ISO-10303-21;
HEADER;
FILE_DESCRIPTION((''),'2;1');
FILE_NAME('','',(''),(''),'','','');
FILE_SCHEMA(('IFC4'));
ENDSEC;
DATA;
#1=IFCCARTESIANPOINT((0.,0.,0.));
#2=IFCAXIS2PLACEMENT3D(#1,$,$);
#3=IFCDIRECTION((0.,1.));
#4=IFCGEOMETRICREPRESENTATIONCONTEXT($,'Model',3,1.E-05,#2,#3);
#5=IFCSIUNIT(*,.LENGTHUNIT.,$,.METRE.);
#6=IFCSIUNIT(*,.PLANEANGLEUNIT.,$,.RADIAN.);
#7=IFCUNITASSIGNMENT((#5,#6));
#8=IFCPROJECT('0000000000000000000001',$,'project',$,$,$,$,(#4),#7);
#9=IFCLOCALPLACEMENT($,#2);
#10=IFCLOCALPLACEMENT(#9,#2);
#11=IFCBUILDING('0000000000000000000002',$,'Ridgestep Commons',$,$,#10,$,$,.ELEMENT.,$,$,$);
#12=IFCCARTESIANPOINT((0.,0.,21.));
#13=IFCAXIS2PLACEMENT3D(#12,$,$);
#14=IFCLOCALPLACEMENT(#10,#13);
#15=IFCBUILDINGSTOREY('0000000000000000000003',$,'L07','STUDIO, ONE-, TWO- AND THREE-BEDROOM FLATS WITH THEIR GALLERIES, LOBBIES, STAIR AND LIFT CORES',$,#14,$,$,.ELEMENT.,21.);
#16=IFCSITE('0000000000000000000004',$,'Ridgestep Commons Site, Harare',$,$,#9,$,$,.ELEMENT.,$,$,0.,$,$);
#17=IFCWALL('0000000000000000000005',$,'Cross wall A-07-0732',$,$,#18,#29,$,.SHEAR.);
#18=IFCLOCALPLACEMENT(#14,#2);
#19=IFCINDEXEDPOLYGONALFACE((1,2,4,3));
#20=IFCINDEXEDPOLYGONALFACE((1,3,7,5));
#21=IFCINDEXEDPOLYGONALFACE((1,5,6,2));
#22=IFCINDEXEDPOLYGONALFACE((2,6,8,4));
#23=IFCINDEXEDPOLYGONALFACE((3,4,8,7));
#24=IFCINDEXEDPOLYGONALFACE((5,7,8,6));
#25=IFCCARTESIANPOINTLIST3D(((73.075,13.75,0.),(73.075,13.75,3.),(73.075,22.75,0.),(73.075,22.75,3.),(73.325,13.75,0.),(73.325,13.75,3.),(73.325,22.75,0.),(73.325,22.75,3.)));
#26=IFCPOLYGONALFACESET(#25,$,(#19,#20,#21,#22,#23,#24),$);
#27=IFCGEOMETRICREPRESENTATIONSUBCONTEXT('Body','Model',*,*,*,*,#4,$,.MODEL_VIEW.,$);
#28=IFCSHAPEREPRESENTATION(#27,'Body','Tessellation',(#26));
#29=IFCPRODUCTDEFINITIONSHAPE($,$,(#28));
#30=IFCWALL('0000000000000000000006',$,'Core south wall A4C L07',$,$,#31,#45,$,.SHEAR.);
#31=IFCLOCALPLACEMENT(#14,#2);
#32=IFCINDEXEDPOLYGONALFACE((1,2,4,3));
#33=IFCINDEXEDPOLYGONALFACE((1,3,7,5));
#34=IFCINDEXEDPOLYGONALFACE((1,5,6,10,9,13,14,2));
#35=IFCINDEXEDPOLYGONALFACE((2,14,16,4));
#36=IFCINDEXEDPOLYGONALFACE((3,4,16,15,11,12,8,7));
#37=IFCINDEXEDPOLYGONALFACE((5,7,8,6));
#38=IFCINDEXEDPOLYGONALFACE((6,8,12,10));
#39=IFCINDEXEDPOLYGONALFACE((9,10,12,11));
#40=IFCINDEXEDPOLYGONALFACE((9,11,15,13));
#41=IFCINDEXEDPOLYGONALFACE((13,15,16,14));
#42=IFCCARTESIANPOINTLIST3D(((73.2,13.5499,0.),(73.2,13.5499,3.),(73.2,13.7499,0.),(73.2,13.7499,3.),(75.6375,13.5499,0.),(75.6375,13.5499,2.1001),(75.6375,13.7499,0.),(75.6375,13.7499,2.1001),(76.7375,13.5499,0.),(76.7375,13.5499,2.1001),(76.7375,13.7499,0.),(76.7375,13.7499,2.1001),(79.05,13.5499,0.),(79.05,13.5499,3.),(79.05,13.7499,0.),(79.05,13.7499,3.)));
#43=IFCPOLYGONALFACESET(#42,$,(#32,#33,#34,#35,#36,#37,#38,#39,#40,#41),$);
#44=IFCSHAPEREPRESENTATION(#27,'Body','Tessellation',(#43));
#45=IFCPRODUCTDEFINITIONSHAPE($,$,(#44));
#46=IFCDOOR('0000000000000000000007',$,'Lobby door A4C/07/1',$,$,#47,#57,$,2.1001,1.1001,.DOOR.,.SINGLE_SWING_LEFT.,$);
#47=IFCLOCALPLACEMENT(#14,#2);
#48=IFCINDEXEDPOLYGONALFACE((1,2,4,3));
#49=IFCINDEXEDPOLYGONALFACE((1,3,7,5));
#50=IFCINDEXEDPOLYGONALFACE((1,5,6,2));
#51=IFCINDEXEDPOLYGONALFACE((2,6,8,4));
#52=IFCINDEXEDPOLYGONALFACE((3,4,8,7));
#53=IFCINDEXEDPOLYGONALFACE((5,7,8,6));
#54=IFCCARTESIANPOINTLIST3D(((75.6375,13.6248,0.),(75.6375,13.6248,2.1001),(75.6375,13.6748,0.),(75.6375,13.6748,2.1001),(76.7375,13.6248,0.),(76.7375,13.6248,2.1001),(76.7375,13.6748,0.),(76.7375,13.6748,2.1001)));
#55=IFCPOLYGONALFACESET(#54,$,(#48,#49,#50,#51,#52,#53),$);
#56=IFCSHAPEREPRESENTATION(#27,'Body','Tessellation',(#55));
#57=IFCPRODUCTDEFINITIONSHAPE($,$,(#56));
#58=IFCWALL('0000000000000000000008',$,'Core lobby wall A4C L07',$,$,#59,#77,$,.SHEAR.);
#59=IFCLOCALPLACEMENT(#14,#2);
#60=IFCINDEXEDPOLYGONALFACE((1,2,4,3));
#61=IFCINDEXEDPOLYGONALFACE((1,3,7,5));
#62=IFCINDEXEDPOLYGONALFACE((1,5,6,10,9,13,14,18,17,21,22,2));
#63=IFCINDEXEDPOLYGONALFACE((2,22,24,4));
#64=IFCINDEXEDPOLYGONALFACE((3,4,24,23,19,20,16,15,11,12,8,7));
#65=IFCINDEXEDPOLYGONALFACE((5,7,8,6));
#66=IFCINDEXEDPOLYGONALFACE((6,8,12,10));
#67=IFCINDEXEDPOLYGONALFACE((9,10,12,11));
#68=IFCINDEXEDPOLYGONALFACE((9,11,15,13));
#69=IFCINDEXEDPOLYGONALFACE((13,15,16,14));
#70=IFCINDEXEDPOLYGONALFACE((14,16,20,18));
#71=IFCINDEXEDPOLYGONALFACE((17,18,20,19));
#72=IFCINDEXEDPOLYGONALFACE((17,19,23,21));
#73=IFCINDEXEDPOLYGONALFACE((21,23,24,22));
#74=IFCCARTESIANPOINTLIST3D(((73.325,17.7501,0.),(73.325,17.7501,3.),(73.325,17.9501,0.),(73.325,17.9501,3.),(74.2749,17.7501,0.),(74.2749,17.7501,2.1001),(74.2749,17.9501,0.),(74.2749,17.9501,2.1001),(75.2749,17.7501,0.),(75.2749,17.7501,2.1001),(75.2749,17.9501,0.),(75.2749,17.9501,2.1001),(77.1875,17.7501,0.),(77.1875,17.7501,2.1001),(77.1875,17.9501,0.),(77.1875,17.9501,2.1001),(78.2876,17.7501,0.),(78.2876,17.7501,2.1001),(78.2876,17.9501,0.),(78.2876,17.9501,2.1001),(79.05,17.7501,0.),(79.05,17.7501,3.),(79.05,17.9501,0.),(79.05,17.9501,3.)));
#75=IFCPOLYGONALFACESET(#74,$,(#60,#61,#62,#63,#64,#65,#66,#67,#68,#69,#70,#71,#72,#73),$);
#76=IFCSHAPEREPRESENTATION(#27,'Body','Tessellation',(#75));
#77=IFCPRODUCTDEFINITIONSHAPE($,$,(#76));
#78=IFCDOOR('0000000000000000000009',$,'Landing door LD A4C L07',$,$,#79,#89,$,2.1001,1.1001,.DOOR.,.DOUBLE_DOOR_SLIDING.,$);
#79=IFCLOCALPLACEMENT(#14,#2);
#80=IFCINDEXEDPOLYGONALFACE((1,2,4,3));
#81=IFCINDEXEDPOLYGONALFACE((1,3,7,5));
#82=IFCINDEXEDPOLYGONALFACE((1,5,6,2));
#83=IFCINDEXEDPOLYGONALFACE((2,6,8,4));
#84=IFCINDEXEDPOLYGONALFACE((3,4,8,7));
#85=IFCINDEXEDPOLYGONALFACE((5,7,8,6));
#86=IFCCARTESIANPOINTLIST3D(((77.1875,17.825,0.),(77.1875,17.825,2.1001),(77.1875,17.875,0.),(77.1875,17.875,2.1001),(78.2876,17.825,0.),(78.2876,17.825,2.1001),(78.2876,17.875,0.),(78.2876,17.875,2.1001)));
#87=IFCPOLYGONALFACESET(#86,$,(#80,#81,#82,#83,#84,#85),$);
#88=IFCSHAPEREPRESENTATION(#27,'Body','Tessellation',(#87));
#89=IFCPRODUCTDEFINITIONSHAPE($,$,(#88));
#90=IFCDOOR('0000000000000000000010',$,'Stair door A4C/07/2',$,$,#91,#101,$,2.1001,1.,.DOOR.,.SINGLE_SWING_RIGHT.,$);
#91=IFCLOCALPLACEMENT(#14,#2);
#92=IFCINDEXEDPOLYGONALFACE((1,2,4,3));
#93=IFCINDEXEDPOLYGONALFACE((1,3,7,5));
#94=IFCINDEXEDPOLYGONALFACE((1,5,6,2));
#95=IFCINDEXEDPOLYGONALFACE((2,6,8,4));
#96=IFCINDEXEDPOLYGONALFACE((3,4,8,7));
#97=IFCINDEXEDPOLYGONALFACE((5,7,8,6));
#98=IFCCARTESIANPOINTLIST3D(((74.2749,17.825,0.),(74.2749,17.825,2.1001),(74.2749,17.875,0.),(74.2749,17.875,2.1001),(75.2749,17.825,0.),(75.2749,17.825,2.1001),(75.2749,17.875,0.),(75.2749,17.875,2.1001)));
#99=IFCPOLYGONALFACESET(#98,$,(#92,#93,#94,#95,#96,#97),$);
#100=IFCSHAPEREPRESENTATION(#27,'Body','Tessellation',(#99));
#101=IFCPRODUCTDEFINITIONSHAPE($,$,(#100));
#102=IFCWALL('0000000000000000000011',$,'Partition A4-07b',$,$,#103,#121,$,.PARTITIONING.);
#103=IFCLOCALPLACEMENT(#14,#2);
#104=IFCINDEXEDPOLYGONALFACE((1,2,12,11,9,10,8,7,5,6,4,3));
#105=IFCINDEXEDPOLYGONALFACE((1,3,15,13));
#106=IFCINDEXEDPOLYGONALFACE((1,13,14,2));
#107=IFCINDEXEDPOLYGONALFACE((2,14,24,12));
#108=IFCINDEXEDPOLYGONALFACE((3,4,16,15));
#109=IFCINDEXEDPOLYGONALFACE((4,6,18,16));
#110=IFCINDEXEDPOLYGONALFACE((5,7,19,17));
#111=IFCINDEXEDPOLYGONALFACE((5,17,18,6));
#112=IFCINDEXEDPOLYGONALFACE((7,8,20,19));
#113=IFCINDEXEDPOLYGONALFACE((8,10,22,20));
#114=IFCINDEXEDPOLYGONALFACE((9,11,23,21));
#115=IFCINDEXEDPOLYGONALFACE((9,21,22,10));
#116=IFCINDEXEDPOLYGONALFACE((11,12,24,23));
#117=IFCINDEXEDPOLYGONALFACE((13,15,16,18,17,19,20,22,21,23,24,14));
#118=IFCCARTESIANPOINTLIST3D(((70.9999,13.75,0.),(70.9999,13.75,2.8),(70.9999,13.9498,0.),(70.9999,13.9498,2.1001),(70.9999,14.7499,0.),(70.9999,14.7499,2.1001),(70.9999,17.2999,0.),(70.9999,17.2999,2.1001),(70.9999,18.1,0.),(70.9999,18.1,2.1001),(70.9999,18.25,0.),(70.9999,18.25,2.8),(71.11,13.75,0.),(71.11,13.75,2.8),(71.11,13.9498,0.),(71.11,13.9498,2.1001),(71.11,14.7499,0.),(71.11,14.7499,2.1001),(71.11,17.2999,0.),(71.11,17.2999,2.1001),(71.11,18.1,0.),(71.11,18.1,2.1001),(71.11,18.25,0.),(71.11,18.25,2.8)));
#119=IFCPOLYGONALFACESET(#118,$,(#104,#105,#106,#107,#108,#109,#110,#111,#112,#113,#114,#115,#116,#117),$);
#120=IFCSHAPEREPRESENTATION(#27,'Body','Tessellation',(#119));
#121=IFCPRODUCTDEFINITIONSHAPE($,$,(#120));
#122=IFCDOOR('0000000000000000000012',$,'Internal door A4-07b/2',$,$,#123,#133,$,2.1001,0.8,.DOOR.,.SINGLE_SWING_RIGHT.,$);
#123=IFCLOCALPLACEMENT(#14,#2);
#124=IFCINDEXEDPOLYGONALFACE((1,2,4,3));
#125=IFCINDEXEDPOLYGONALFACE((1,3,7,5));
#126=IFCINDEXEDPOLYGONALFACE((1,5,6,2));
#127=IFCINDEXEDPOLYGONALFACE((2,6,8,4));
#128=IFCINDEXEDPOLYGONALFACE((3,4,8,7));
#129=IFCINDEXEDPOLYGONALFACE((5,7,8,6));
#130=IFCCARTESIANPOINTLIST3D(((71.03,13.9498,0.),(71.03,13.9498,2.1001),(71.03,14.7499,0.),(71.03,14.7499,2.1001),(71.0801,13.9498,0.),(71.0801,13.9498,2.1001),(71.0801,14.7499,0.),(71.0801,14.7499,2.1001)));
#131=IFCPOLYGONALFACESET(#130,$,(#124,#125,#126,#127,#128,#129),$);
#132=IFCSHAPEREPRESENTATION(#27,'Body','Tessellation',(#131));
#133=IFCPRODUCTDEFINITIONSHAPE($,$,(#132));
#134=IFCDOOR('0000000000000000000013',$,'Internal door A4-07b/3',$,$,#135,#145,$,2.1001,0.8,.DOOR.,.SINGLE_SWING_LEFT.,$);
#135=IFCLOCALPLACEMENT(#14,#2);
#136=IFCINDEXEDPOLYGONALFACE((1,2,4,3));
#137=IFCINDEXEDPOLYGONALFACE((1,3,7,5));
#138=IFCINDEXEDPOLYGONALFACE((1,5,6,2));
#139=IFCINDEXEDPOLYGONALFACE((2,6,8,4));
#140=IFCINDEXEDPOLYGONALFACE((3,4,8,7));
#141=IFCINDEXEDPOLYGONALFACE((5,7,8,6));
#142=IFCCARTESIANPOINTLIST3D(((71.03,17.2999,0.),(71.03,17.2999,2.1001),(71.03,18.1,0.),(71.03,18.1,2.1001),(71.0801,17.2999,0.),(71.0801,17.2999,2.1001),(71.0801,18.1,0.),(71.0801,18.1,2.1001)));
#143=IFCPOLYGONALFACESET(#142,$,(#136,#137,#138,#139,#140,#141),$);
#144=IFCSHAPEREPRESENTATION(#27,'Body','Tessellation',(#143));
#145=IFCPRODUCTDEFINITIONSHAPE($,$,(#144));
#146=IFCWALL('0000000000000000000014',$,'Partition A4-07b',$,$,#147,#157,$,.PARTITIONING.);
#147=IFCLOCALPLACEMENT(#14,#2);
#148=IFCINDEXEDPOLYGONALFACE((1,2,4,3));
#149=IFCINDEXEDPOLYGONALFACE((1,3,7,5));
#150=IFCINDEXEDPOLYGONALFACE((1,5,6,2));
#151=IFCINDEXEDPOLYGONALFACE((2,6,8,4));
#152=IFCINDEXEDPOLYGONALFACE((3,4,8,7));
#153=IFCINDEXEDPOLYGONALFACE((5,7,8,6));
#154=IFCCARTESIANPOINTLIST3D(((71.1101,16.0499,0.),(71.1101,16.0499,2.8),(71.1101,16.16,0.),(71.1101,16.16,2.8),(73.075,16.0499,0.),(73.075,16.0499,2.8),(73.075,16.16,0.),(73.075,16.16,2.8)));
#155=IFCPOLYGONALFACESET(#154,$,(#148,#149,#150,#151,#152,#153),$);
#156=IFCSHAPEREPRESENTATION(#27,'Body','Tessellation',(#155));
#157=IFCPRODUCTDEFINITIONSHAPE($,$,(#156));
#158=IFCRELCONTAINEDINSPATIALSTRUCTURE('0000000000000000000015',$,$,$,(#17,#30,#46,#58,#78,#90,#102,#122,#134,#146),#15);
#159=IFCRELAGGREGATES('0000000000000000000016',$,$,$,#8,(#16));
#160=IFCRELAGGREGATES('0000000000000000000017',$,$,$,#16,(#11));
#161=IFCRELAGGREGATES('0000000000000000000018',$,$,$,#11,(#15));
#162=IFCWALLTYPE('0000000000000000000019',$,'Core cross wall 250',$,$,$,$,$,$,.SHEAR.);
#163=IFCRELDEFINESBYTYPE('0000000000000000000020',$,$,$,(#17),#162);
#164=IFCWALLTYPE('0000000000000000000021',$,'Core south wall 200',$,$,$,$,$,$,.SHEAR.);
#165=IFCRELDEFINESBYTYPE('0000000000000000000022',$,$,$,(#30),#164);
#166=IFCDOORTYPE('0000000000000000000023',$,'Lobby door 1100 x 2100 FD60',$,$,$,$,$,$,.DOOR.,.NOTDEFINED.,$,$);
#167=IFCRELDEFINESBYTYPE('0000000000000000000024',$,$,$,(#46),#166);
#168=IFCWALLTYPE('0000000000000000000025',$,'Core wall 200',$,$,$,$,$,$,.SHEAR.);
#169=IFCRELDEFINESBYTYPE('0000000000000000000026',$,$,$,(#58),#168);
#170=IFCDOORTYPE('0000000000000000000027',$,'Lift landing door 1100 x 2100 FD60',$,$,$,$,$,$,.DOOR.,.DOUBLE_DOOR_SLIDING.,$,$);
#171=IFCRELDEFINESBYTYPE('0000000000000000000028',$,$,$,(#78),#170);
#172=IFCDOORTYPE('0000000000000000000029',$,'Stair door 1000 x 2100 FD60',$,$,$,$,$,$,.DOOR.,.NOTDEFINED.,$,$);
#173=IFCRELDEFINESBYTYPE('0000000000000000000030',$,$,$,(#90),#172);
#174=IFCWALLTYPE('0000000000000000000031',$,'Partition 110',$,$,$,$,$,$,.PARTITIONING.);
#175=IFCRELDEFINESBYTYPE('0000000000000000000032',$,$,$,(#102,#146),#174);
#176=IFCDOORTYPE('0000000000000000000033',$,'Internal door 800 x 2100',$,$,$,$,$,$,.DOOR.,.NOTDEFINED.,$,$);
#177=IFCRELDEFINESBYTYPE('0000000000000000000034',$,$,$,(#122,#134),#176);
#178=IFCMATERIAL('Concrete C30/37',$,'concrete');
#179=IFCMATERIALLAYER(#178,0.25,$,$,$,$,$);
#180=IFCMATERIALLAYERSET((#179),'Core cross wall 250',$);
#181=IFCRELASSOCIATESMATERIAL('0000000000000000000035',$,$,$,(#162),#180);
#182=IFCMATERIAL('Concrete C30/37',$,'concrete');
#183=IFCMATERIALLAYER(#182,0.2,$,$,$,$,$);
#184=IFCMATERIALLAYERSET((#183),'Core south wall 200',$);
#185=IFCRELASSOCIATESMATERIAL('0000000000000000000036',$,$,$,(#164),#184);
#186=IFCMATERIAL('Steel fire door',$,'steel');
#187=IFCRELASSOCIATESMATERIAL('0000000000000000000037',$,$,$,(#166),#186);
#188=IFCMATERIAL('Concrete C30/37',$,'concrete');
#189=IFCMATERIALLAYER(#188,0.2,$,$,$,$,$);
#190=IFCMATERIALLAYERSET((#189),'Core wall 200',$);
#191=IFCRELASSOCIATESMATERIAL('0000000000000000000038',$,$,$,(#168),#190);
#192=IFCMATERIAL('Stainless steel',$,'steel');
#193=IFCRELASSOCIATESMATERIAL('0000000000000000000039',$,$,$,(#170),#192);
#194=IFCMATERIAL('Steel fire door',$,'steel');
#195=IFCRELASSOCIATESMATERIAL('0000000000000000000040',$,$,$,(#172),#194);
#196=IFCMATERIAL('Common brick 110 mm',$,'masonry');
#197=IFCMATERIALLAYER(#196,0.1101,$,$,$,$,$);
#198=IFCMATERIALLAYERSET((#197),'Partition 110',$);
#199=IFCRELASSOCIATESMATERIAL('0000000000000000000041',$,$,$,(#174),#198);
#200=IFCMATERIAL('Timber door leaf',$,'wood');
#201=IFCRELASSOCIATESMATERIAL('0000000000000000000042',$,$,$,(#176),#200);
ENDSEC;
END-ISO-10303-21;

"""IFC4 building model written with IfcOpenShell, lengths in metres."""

from ifc_helpers import new_model, si_unit, direction, frame, frame_2d, origin, place, context, subcontext, project, spatial, rectangle, extrude, material, layer, layer_set, type_object, element, fill, save


model = new_model("IFC4")

# Units and contexts
model_context = context("Model", 3, precision=1e-05, world=origin(), true_north=direction((0.0, 1.0)))
body_context = subcontext(model_context, "Body", "Model", "MODEL_VIEW")
ifc_project = project(units=[si_unit("LENGTHUNIT", "METRE"), si_unit("PLANEANGLEUNIT", "RADIAN")], contexts=[model_context])

# Site, building, storey
site_placement = place(None, origin())
site = spatial("IfcSite", under=ifc_project, at=site_placement, Name="Ridgestep Commons Site, Harare", CompositionType="ELEMENT", RefElevation=0.0)
building_placement = place(site_placement, origin())
building = spatial("IfcBuilding", under=site, at=building_placement, Name="Ridgestep Commons", CompositionType="ELEMENT")
storey_placement = place(building_placement, frame((0.0, 0.0, 21.0)))
storey = spatial("IfcBuildingStorey", under=building, at=storey_placement, Name="L07", Description="STUDIO, ONE-, TWO- AND THREE-BEDROOM FLATS WITH THEIR GALLERIES, LOBBIES, STAIR AND LIFT CORES", CompositionType="ELEMENT", Elevation=21.0)

# Wall
ifc_material_1 = material(Name="Concrete C30/37", Category="concrete")
ifc_layer_1 = layer(ifc_material_1, 0.25)
ifc_layer_set_1 = layer_set([ifc_layer_1], Name="Core cross wall 250")
wall_type_1 = type_object("IfcWallType", Name="Core cross wall 250", PredefinedType="SHEAR", material=ifc_layer_set_1)
wall_1_placement = place(storey_placement, frame((73.2, 13.75, 0.0), z_axis=(0.0, 0.0, 1.0), x_axis=(0.0, 1.0, 0.0)))
element("IfcWall", 1, at=wall_1_placement, inside=storey, type_object=wall_type_1, Name="Cross wall A-07-0732", PredefinedType="SHEAR", context=body_context, shape_type="SweptSolid", body=[
    extrude(rectangle(XDim=9.0, YDim=0.25, at=frame_2d((4.5, 0.0))), origin(), (0.0, 0.0, 1.0), 3.0),
])

# Wall, opening, door
ifc_material_2 = material(Name="Concrete C30/37", Category="concrete")
ifc_layer_2 = layer(ifc_material_2, 0.2)
ifc_layer_set_2 = layer_set([ifc_layer_2], Name="Core south wall 200")
wall_type_2 = type_object("IfcWallType", Name="Core south wall 200", PredefinedType="SHEAR", material=ifc_layer_set_2)
wall_2_placement = place(storey_placement, frame((73.2, 13.6499, 0.0), z_axis=(0.0, 0.0, 1.0), x_axis=(1.0, 0.0, 0.0)))
wall_2 = element("IfcWall", 2, at=wall_2_placement, inside=storey, type_object=wall_type_2, Name="Core south wall A4C L07", PredefinedType="SHEAR", context=body_context, shape_type="SweptSolid", body=[
    extrude(rectangle(XDim=5.8501, YDim=0.2, at=frame_2d((2.925, 0.0))), origin(), (0.0, 0.0, 1.0), 3.0),
])
opening_1_placement = place(wall_2_placement, frame((2.4375, 0.0, 0.0)))
opening_1 = element("IfcOpeningElement", 3, at=opening_1_placement, cuts=wall_2, PredefinedType="OPENING", context=body_context, shape_type="SweptSolid", body=[
    extrude(rectangle(XDim=1.1001, YDim=2.1001, at=frame_2d((0.55, 1.05))), frame((0.0, 0.1099, 0.0), z_axis=(0.0, -1.0, 0.0), x_axis=(1.0, 0.0, 0.0)), (0.0, 0.0, 1.0), 0.22),
])
ifc_material_3 = material(Name="Steel fire door", Category="steel")
door_type_1 = type_object("IfcDoorType", Name="Lobby door 1100 x 2100 FD60", OperationType="NOTDEFINED", PredefinedType="DOOR", material=ifc_material_3)
door_1_placement = place(opening_1_placement, origin())
door_1 = element("IfcDoor", 4, at=door_1_placement, inside=storey, type_object=door_type_1, Name="Lobby door A4C/07/1", OperationType="SINGLE_SWING_LEFT", OverallHeight=2.1001, OverallWidth=1.1001, PredefinedType="DOOR", context=body_context, shape_type="SweptSolid", body=[
    extrude(rectangle(XDim=1.1001, YDim=2.1001, at=frame_2d((0.55, 1.05))), frame((0.0, 0.0249, 0.0), z_axis=(0.0, -1.0, 0.0), x_axis=(1.0, 0.0, 0.0)), (0.0, 0.0, 1.0), 0.05),
])
fill(opening_1, door_1)

# Walls, openings, doors
ifc_material_4 = material(Name="Concrete C30/37", Category="concrete")
ifc_layer_3 = layer(ifc_material_4, 0.2)
ifc_layer_set_3 = layer_set([ifc_layer_3], Name="Core wall 200")
wall_type_3 = type_object("IfcWallType", Name="Core wall 200", PredefinedType="SHEAR", material=ifc_layer_set_3)
wall_3_placement = place(storey_placement, frame((73.325, 17.8501, 0.0), z_axis=(0.0, 0.0, 1.0), x_axis=(1.0, 0.0, 0.0)))
wall_3 = element("IfcWall", 5, at=wall_3_placement, inside=storey, type_object=wall_type_3, Name="Core lobby wall A4C L07", PredefinedType="SHEAR", context=body_context, shape_type="SweptSolid", body=[
    extrude(rectangle(XDim=5.7251, YDim=0.2, at=frame_2d((2.8625, 0.0))), origin(), (0.0, 0.0, 1.0), 3.0),
])
opening_2_placement = place(wall_3_placement, frame((0.95, 0.0, 0.0)))
opening_2 = element("IfcOpeningElement", 6, at=opening_2_placement, cuts=wall_3, PredefinedType="OPENING", context=body_context, shape_type="SweptSolid", body=[
    extrude(rectangle(XDim=1.0, YDim=2.1001, at=frame_2d((0.5, 1.05))), frame((0.0, 0.1099, 0.0), z_axis=(0.0, -1.0, 0.0), x_axis=(1.0, 0.0, 0.0)), (0.0, 0.0, 1.0), 0.22),
])
opening_3_placement = place(wall_3_placement, frame((3.8625, 0.0, 0.0)))
opening_3 = element("IfcOpeningElement", 7, at=opening_3_placement, cuts=wall_3, PredefinedType="OPENING", context=body_context, shape_type="SweptSolid", body=[
    extrude(rectangle(XDim=1.1001, YDim=2.1001, at=frame_2d((0.55, 1.05))), frame((0.0, 0.1099, 0.0), z_axis=(0.0, -1.0, 0.0), x_axis=(1.0, 0.0, 0.0)), (0.0, 0.0, 1.0), 0.22),
])
ifc_material_5 = material(Name="Stainless steel", Category="steel")
door_type_2 = type_object("IfcDoorType", Name="Lift landing door 1100 x 2100 FD60", OperationType="DOUBLE_DOOR_SLIDING", PredefinedType="DOOR", material=ifc_material_5)
door_2_placement = place(opening_3_placement, origin())
door_2 = element("IfcDoor", 8, at=door_2_placement, inside=storey, type_object=door_type_2, Name="Landing door LD A4C L07", OperationType="DOUBLE_DOOR_SLIDING", OverallHeight=2.1001, OverallWidth=1.1001, PredefinedType="DOOR", context=body_context, shape_type="SweptSolid", body=[
    extrude(rectangle(XDim=1.1001, YDim=2.1001, at=frame_2d((0.55, 1.05))), frame((0.0, 0.0249, 0.0), z_axis=(0.0, -1.0, 0.0), x_axis=(1.0, 0.0, 0.0)), (0.0, 0.0, 1.0), 0.05),
])
fill(opening_3, door_2)
ifc_material_6 = material(Name="Steel fire door", Category="steel")
door_type_3 = type_object("IfcDoorType", Name="Stair door 1000 x 2100 FD60", OperationType="NOTDEFINED", PredefinedType="DOOR", material=ifc_material_6)
door_3_placement = place(opening_2_placement, origin())
door_3 = element("IfcDoor", 9, at=door_3_placement, inside=storey, type_object=door_type_3, Name="Stair door A4C/07/2", OperationType="SINGLE_SWING_RIGHT", OverallHeight=2.1001, OverallWidth=1.0, PredefinedType="DOOR", context=body_context, shape_type="SweptSolid", body=[
    extrude(rectangle(XDim=1.0, YDim=2.1001, at=frame_2d((0.5, 1.05))), frame((0.0, 0.0249, 0.0), z_axis=(0.0, -1.0, 0.0), x_axis=(1.0, 0.0, 0.0)), (0.0, 0.0, 1.0), 0.05),
])
fill(opening_2, door_3)
ifc_material_7 = material(Name="Common brick 110 mm", Category="masonry")
ifc_layer_4 = layer(ifc_material_7, 0.1101)
ifc_layer_set_4 = layer_set([ifc_layer_4], Name="Partition 110")
wall_type_4 = type_object("IfcWallType", Name="Partition 110", PredefinedType="PARTITIONING", material=ifc_layer_set_4)
wall_4_placement = place(storey_placement, frame((71.0549, 13.75, 0.0), z_axis=(0.0, 0.0, 1.0), x_axis=(0.0, 1.0, 0.0)))
wall_4 = element("IfcWall", 10, at=wall_4_placement, inside=storey, type_object=wall_type_4, Name="Partition A4-07b", PredefinedType="PARTITIONING", context=body_context, shape_type="SweptSolid", body=[
    extrude(rectangle(XDim=4.5, YDim=0.1101, at=frame_2d((2.25, 0.0))), origin(), (0.0, 0.0, 1.0), 2.8),
])
opening_4_placement = place(wall_4_placement, frame((0.2, 0.0, 0.0)))
opening_4 = element("IfcOpeningElement", 11, at=opening_4_placement, cuts=wall_4, PredefinedType="OPENING", context=body_context, shape_type="SweptSolid", body=[
    extrude(rectangle(XDim=0.8, YDim=2.1001, at=frame_2d((0.3999, 1.05))), frame((0.0, 0.0649, 0.0), z_axis=(0.0, -1.0, 0.0), x_axis=(1.0, 0.0, 0.0)), (0.0, 0.0, 1.0), 0.1301),
])
opening_5_placement = place(wall_4_placement, frame((3.55, 0.0, 0.0)))
opening_5 = element("IfcOpeningElement", 12, at=opening_5_placement, cuts=wall_4, PredefinedType="OPENING", context=body_context, shape_type="SweptSolid", body=[
    extrude(rectangle(XDim=0.8, YDim=2.1001, at=frame_2d((0.3999, 1.05))), frame((0.0, 0.0649, 0.0), z_axis=(0.0, -1.0, 0.0), x_axis=(1.0, 0.0, 0.0)), (0.0, 0.0, 1.0), 0.1301),
])
ifc_material_8 = material(Name="Timber door leaf", Category="wood")
door_type_4 = type_object("IfcDoorType", Name="Internal door 800 x 2100", OperationType="NOTDEFINED", PredefinedType="DOOR", material=ifc_material_8)
door_4_placement = place(opening_4_placement, origin())
door_4 = element("IfcDoor", 13, at=door_4_placement, inside=storey, type_object=door_type_4, Name="Internal door A4-07b/2", OperationType="SINGLE_SWING_RIGHT", OverallHeight=2.1001, OverallWidth=0.8, PredefinedType="DOOR", context=body_context, shape_type="SweptSolid", body=[
    extrude(rectangle(XDim=0.8, YDim=2.1001, at=frame_2d((0.3999, 1.05))), frame((0.0, 0.0249, 0.0), z_axis=(0.0, -1.0, 0.0), x_axis=(1.0, 0.0, 0.0)), (0.0, 0.0, 1.0), 0.05),
])
fill(opening_4, door_4)
door_5_placement = place(opening_5_placement, origin())
door_5 = element("IfcDoor", 14, at=door_5_placement, inside=storey, type_object=door_type_4, Name="Internal door A4-07b/3", OperationType="SINGLE_SWING_LEFT", OverallHeight=2.1001, OverallWidth=0.8, PredefinedType="DOOR", context=body_context, shape_type="SweptSolid", body=[
    extrude(rectangle(XDim=0.8, YDim=2.1001, at=frame_2d((0.3999, 1.05))), frame((0.0, 0.0249, 0.0), z_axis=(0.0, -1.0, 0.0), x_axis=(1.0, 0.0, 0.0)), (0.0, 0.0, 1.0), 0.05),
])
fill(opening_5, door_5)

# Wall
wall_5_placement = place(storey_placement, frame((71.1101, 16.105, 0.0), z_axis=(0.0, 0.0, 1.0), x_axis=(1.0, 0.0, 0.0)))
element("IfcWall", 15, at=wall_5_placement, inside=storey, type_object=wall_type_4, Name="Partition A4-07b", PredefinedType="PARTITIONING", context=body_context, shape_type="SweptSolid", body=[
    extrude(rectangle(XDim=1.9648, YDim=0.1101, at=frame_2d((0.9824, 0.0))), origin(), (0.0, 0.0, 1.0), 2.8),
])

save(model, "model.ifc")
